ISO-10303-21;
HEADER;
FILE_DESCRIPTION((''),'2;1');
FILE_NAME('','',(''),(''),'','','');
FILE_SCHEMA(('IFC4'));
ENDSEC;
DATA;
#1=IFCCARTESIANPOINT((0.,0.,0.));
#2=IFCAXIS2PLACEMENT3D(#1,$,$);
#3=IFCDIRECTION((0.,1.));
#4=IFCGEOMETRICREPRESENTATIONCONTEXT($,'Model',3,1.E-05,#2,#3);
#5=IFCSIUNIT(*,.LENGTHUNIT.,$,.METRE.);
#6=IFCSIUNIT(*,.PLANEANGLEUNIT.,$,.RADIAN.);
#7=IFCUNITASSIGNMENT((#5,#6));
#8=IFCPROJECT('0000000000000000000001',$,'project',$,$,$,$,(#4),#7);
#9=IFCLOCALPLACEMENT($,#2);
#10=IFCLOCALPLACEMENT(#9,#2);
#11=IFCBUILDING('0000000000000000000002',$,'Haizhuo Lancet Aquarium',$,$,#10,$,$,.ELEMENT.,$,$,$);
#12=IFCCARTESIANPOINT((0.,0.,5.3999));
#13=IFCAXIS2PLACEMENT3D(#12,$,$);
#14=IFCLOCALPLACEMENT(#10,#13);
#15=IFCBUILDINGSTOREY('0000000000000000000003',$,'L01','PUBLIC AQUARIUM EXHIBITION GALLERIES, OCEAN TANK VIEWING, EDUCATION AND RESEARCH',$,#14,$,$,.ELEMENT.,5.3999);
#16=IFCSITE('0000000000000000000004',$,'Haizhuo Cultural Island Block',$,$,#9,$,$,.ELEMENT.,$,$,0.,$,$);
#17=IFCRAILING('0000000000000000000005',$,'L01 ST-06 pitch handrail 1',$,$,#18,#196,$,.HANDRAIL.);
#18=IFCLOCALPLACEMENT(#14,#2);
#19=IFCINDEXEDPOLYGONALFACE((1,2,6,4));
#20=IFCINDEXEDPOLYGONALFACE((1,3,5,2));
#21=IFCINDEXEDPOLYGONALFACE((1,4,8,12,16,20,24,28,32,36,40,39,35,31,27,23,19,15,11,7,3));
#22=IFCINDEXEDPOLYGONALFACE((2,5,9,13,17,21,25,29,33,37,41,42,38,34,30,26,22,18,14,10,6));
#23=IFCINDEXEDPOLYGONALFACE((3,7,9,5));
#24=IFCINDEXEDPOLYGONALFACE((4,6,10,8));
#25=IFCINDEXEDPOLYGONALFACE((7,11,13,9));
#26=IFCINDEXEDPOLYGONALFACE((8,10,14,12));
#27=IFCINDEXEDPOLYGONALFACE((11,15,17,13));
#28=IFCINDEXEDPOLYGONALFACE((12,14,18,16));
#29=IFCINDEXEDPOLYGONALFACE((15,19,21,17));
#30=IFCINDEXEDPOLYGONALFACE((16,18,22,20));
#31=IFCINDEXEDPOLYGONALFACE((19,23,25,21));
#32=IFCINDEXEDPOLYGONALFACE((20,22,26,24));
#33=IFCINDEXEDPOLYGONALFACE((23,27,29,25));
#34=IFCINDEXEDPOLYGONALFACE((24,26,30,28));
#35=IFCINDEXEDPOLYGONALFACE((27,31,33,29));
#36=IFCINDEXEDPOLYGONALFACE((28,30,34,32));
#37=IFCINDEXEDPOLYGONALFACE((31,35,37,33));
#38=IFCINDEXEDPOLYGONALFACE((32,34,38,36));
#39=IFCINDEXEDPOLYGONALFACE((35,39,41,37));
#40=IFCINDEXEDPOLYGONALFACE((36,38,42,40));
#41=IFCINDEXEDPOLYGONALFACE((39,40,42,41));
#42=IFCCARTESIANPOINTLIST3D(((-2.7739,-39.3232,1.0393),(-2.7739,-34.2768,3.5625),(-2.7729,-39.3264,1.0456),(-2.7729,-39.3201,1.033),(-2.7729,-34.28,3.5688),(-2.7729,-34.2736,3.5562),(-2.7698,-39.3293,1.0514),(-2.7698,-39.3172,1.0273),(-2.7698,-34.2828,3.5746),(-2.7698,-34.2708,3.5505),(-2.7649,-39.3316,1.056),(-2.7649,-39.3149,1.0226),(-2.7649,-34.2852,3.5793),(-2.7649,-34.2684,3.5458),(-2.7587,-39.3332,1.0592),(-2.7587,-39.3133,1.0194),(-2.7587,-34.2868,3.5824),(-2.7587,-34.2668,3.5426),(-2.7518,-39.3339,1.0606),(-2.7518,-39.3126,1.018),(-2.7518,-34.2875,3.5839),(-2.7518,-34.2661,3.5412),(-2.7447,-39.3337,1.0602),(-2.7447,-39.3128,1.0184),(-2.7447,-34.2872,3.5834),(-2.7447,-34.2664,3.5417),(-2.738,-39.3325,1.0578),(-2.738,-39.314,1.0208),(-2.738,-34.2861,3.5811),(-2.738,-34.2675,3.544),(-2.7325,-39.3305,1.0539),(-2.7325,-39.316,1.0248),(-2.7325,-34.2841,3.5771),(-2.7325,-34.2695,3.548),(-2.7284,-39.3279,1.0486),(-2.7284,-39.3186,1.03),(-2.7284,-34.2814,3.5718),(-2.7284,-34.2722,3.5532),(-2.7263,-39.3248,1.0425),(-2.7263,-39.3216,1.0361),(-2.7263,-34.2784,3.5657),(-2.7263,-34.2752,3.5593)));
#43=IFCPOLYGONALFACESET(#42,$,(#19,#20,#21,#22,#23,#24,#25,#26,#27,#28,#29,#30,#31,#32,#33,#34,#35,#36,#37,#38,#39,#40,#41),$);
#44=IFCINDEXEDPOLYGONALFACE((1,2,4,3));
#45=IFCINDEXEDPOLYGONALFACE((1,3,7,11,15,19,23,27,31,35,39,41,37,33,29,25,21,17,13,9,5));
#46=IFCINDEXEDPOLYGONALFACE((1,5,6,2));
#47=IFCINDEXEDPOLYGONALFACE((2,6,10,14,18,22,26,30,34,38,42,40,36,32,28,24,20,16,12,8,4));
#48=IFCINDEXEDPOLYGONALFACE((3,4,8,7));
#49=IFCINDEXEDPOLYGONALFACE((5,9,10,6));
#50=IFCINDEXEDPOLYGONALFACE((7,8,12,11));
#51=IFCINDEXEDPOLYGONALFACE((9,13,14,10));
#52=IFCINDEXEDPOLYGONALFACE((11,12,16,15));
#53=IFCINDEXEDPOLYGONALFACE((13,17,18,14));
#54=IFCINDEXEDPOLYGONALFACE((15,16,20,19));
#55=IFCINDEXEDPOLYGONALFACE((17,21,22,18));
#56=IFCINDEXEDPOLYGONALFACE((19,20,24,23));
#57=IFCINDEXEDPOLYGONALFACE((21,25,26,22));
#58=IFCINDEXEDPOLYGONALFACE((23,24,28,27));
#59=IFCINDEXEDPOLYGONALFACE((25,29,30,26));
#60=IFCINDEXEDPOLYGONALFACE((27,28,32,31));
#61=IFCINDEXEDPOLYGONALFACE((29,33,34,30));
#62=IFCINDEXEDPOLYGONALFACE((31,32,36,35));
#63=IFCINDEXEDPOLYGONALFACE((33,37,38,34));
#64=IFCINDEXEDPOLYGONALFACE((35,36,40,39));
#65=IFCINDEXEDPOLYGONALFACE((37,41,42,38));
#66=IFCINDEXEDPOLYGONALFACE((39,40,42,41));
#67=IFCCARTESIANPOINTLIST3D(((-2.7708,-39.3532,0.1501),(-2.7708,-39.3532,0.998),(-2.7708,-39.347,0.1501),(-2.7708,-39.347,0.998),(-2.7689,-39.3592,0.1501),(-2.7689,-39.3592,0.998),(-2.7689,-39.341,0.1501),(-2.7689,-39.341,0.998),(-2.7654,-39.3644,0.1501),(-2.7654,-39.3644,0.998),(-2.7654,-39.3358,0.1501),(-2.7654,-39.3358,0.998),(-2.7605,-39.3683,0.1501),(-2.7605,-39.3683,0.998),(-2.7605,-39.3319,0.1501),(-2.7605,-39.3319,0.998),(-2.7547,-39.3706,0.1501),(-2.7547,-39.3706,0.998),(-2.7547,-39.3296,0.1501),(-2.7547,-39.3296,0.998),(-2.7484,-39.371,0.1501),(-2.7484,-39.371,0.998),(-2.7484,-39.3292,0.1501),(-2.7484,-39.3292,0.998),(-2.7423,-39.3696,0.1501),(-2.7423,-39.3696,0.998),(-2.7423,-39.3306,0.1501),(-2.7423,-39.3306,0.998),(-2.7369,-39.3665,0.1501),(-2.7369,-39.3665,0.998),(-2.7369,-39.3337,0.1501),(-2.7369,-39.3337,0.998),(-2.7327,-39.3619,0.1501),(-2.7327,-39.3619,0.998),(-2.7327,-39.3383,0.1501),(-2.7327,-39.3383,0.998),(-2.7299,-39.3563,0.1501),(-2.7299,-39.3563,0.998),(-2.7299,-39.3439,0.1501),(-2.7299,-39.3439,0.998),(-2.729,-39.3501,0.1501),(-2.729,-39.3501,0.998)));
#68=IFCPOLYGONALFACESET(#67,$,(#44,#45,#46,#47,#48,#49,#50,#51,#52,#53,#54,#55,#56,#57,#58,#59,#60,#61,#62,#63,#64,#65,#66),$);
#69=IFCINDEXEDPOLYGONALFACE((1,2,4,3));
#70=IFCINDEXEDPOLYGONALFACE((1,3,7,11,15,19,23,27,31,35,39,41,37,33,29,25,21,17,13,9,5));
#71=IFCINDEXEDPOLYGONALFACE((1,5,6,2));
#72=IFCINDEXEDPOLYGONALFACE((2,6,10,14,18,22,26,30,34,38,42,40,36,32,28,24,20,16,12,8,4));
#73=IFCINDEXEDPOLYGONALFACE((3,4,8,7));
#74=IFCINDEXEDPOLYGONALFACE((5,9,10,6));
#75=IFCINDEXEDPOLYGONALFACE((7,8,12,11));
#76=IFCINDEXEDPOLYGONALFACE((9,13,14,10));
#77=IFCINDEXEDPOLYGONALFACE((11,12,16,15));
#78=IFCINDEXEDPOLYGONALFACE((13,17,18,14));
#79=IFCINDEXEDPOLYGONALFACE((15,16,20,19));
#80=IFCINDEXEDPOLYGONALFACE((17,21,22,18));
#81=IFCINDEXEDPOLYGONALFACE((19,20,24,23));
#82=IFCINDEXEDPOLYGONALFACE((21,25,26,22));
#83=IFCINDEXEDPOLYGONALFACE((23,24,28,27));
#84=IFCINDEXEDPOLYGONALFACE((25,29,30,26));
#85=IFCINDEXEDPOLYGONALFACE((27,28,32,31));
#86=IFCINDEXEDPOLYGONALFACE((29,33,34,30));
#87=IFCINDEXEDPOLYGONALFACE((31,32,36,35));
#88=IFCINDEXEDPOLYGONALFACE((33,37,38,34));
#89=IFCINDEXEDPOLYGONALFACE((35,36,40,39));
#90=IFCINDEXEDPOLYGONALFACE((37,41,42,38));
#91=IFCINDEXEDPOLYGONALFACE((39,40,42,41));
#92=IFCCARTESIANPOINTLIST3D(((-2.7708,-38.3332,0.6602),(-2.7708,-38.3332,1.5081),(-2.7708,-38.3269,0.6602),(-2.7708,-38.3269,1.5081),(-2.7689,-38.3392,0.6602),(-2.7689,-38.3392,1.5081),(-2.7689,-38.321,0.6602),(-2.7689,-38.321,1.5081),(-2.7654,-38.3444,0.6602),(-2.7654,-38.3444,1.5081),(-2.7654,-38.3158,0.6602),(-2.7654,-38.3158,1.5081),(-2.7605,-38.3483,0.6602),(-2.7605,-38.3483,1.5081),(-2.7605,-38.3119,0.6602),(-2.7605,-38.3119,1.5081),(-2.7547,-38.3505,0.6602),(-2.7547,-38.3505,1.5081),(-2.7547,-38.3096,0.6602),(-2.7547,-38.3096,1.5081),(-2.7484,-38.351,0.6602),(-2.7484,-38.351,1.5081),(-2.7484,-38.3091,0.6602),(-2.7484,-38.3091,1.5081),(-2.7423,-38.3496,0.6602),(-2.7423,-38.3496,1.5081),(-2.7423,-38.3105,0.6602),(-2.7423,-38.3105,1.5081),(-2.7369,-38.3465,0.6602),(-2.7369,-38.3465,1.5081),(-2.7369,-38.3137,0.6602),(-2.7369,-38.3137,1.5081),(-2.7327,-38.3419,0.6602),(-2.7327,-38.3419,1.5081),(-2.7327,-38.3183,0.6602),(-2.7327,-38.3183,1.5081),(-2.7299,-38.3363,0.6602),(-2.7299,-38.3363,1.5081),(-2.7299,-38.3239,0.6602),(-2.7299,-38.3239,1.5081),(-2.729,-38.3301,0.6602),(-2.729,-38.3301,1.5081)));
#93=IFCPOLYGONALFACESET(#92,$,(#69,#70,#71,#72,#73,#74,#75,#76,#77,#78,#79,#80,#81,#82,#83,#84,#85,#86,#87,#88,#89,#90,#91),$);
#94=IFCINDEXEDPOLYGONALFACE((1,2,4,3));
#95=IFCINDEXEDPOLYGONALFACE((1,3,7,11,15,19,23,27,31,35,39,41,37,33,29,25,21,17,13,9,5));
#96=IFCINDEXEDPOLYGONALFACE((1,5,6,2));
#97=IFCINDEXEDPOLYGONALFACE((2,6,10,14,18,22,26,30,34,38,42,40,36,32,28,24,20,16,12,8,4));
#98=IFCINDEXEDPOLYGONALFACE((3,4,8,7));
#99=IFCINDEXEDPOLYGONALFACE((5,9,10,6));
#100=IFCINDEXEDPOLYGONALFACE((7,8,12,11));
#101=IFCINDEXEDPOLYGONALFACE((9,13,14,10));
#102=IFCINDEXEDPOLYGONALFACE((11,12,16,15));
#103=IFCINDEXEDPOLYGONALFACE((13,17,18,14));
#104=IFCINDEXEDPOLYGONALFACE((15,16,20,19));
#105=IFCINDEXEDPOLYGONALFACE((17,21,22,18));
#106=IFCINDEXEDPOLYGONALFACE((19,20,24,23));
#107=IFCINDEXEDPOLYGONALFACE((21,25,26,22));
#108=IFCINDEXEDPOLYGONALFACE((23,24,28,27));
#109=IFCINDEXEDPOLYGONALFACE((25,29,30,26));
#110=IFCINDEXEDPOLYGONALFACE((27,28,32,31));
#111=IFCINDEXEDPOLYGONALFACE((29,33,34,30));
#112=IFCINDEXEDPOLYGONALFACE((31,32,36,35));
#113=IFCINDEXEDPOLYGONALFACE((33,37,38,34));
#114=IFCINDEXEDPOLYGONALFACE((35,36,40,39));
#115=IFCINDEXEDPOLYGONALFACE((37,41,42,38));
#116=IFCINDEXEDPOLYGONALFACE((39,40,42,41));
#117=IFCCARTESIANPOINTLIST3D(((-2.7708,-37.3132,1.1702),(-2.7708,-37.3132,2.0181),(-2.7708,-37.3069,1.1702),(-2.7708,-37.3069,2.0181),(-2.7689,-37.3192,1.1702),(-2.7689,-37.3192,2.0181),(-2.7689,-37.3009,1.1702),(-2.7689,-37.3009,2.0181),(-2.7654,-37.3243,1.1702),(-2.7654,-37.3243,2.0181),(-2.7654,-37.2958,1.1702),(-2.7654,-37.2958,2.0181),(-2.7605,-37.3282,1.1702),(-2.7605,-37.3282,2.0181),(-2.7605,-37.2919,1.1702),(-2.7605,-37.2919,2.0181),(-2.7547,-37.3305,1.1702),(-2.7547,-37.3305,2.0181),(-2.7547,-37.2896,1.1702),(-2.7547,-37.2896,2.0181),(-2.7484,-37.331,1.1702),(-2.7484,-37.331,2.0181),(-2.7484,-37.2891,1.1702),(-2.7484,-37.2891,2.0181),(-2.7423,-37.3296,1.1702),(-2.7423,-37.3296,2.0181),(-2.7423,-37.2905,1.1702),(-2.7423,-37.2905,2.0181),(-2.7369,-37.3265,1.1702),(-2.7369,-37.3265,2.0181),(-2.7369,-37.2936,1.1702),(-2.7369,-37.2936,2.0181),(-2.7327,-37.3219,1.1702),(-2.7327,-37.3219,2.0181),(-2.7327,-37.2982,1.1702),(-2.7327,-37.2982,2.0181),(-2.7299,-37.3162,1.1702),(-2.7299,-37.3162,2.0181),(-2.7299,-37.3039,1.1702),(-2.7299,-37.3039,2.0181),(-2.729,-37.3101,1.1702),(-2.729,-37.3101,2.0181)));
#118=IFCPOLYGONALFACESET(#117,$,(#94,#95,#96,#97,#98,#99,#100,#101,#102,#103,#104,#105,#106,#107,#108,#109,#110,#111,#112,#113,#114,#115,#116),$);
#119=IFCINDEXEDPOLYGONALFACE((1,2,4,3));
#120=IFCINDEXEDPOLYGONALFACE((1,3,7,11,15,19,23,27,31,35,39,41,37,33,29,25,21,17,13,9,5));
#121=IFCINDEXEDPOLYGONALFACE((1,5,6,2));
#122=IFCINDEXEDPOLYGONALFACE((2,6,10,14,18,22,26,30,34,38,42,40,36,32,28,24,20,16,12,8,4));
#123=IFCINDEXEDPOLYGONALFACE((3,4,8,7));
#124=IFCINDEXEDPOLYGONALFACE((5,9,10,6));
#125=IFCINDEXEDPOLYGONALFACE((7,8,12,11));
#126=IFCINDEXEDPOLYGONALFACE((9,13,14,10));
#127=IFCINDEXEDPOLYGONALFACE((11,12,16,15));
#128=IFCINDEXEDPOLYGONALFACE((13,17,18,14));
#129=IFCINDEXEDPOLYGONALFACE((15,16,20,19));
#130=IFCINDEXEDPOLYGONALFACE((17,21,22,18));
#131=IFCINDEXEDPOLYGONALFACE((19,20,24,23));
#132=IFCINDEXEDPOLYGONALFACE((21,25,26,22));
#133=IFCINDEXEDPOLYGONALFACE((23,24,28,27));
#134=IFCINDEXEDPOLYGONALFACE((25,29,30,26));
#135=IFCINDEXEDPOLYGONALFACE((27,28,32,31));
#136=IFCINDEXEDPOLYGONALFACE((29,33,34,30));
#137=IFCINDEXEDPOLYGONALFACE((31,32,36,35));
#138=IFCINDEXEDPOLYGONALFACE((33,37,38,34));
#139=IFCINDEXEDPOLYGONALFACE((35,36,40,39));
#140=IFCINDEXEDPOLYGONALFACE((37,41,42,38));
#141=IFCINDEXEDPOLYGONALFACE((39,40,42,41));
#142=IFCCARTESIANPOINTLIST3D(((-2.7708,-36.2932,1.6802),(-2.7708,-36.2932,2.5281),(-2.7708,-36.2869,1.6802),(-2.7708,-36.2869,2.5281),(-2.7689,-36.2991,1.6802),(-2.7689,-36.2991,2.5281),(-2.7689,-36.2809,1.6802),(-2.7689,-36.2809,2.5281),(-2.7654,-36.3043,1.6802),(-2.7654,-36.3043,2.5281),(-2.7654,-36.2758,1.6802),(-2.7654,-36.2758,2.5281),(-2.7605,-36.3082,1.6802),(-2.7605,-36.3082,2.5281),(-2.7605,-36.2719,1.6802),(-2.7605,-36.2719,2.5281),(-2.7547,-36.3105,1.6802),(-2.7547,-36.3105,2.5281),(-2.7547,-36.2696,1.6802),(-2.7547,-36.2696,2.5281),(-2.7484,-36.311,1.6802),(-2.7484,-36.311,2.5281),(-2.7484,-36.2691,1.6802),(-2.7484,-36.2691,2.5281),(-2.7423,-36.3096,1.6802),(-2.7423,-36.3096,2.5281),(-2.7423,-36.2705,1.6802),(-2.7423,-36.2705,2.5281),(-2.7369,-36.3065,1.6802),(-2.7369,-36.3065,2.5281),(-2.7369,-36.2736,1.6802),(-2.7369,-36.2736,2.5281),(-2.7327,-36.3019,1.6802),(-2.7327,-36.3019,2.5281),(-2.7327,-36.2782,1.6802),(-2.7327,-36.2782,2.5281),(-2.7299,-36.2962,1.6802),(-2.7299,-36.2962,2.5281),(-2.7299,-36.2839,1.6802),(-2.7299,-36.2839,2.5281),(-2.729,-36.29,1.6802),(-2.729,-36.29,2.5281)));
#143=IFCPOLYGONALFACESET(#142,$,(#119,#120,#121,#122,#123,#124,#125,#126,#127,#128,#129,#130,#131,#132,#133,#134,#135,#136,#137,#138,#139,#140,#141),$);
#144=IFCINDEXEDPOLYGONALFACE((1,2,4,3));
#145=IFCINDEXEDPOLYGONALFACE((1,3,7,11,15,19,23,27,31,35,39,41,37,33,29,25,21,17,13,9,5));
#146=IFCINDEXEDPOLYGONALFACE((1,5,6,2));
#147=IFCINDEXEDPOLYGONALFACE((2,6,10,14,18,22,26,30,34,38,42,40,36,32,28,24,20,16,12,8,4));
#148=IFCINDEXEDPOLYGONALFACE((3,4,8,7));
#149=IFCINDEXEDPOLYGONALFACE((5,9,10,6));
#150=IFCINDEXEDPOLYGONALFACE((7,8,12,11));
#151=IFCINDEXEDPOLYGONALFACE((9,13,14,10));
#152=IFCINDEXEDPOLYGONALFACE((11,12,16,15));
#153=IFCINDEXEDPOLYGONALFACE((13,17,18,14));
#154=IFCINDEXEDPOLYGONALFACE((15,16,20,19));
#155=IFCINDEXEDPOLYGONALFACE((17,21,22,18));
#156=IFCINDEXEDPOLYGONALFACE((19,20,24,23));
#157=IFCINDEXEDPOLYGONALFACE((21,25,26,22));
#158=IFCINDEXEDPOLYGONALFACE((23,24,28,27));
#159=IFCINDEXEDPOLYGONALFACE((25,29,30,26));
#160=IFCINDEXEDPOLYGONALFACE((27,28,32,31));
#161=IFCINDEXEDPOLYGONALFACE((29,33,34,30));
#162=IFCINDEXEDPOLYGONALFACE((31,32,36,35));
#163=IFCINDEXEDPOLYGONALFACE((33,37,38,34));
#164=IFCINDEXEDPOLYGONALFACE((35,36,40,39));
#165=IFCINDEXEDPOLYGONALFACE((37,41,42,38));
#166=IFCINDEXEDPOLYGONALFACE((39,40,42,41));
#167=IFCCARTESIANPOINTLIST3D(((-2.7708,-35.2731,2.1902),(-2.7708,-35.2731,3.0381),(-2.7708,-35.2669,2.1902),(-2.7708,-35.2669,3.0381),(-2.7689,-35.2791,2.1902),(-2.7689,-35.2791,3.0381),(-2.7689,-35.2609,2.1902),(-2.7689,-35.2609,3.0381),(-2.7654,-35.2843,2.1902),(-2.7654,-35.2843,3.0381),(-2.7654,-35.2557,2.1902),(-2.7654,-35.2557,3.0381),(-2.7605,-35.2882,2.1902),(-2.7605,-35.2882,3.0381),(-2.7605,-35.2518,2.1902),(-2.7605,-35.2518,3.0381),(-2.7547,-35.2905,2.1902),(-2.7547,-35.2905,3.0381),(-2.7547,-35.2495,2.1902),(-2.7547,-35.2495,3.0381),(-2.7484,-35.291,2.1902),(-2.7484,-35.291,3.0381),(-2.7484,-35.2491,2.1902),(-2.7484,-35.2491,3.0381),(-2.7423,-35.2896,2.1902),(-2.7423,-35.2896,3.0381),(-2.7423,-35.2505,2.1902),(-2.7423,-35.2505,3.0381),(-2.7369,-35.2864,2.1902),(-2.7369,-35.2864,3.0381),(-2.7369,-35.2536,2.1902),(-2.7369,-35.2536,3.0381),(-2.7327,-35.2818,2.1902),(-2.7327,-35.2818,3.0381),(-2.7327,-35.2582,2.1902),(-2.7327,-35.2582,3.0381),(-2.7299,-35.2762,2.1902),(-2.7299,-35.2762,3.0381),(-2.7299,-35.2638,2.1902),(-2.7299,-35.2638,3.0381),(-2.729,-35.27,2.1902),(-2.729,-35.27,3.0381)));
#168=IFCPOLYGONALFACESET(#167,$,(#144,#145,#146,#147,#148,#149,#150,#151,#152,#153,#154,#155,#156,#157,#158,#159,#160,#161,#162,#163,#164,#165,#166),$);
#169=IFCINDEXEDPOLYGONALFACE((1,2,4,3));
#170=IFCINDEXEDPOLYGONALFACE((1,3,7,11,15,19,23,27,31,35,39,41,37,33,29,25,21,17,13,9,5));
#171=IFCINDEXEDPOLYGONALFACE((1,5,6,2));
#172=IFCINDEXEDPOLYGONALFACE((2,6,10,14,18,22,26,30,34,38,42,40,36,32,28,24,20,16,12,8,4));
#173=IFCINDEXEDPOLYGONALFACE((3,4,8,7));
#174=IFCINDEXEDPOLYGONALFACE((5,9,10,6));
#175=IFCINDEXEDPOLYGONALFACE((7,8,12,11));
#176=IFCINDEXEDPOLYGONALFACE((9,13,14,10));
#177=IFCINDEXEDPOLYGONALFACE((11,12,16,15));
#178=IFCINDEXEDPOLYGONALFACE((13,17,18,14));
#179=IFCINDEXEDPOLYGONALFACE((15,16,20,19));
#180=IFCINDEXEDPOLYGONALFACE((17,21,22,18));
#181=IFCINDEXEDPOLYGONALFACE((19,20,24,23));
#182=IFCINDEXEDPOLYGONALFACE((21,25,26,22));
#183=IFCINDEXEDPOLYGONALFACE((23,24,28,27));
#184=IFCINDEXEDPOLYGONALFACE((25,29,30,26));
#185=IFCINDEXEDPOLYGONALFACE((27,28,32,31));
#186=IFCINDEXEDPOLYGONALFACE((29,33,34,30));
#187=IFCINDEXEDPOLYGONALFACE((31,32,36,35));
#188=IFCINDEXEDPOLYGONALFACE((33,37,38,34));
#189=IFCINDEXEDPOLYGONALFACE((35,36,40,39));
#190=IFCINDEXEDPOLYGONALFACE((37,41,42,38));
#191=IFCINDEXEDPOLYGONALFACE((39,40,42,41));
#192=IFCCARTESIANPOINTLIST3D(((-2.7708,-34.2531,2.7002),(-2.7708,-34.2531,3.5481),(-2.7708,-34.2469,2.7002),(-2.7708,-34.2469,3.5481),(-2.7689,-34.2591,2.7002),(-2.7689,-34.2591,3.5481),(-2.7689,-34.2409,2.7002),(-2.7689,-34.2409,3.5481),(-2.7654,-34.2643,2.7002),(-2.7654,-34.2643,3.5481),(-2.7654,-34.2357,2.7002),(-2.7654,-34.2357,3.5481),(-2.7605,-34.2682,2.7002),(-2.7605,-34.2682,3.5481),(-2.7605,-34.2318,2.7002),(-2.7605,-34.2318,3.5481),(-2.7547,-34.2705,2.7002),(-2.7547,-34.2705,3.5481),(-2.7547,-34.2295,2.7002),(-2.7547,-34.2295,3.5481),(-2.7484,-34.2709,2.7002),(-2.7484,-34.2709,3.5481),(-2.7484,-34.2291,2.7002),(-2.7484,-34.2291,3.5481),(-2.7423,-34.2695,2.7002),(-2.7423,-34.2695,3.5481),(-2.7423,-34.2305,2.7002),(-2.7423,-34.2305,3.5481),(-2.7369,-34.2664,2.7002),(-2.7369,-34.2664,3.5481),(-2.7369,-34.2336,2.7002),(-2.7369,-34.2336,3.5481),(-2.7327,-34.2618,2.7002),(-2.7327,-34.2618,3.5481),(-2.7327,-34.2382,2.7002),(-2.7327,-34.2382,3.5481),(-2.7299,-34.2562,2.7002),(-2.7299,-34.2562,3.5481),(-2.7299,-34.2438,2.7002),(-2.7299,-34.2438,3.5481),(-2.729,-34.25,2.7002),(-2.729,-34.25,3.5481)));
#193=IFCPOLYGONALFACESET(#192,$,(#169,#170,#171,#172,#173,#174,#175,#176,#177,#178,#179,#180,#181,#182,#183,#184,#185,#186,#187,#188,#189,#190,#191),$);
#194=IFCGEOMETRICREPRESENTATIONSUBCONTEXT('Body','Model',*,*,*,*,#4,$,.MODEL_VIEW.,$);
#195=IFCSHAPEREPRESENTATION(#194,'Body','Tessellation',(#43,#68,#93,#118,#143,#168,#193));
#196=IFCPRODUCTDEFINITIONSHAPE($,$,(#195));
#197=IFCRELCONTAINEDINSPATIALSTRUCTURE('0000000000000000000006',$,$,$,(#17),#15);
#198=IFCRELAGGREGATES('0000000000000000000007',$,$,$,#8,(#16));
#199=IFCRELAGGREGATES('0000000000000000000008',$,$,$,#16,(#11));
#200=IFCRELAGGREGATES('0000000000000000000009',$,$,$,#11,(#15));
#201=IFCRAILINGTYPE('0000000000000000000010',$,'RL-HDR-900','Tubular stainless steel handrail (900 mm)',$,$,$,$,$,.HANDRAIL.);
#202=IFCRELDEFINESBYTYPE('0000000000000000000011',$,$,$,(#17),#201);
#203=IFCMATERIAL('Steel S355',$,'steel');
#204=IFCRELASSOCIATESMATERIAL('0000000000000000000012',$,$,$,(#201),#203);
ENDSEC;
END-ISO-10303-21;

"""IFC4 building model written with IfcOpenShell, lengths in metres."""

from ifc_helpers import new_model, si_unit, direction, frame, origin, origin_2d, place, context, subcontext, project, spatial, circle, extrude, material, type_object, element, save


model = new_model("IFC4")

# Units and contexts
model_context = context("Model", 3, precision=1e-05, world=origin(), true_north=direction((0.0, 1.0)))
body_context = subcontext(model_context, "Body", "Model", "MODEL_VIEW")
ifc_project = project(units=[si_unit("LENGTHUNIT", "METRE"), si_unit("PLANEANGLEUNIT", "RADIAN")], contexts=[model_context])

# Site, building, storey
site_placement = place(None, origin())
site = spatial("IfcSite", under=ifc_project, at=site_placement, Name="Haizhuo Cultural Island Block", CompositionType="ELEMENT", RefElevation=0.0)
building_placement = place(site_placement, origin())
building = spatial("IfcBuilding", under=site, at=building_placement, Name="Haizhuo Lancet Aquarium", CompositionType="ELEMENT")
storey_placement = place(building_placement, frame((0.0, 0.0, 5.3999)))
storey = spatial("IfcBuildingStorey", under=building, at=storey_placement, Name="L01", Description="PUBLIC AQUARIUM EXHIBITION GALLERIES, OCEAN TANK VIEWING, EDUCATION AND RESEARCH", CompositionType="ELEMENT", Elevation=5.3999)

# Shared definitions
ifc_material_1 = material(Name="Steel S355", Category="steel")

# Railing
railing_type_1 = type_object("IfcRailingType", Name="RL-HDR-900", Description="Tubular stainless steel handrail (900 mm)", PredefinedType="HANDRAIL", material=ifc_material_1)
railing_1_placement = place(storey_placement, frame((-2.75, -39.3501, 0.1501)))
element("IfcRailing", 1, at=railing_1_placement, inside=storey, type_object=railing_type_1, Name="L01 ST-06 pitch handrail 1", PredefinedType="HANDRAIL", context=body_context, shape_type="SweptSolid", body=[
    extrude(circle(Radius=0.0239, at=origin_2d()), frame((0.0, 0.0269, 0.8892), z_axis=(0.0, 0.894427, 0.447214), x_axis=(-1.0, 0.0, 0.0)), (0.0, 0.0, 1.0), 5.6421),
    extrude(circle(Radius=0.021, at=origin_2d()), origin(), (0.0, 0.0, 1.0), 0.8479),
    extrude(circle(Radius=0.021, at=origin_2d()), frame((0.0, 1.02, 0.51)), (0.0, 0.0, 1.0), 0.8479),
    extrude(circle(Radius=0.021, at=origin_2d()), frame((0.0, 2.04, 1.02)), (0.0, 0.0, 1.0), 0.8479),
    extrude(circle(Radius=0.021, at=origin_2d()), frame((0.0, 3.0601, 1.53)), (0.0, 0.0, 1.0), 0.8479),
    extrude(circle(Radius=0.021, at=origin_2d()), frame((0.0, 4.0801, 2.04)), (0.0, 0.0, 1.0), 0.8479),
    extrude(circle(Radius=0.021, at=origin_2d()), frame((0.0, 5.1001, 2.55)), (0.0, 0.0, 1.0), 0.8479),
])

save(model, "model.ifc")
